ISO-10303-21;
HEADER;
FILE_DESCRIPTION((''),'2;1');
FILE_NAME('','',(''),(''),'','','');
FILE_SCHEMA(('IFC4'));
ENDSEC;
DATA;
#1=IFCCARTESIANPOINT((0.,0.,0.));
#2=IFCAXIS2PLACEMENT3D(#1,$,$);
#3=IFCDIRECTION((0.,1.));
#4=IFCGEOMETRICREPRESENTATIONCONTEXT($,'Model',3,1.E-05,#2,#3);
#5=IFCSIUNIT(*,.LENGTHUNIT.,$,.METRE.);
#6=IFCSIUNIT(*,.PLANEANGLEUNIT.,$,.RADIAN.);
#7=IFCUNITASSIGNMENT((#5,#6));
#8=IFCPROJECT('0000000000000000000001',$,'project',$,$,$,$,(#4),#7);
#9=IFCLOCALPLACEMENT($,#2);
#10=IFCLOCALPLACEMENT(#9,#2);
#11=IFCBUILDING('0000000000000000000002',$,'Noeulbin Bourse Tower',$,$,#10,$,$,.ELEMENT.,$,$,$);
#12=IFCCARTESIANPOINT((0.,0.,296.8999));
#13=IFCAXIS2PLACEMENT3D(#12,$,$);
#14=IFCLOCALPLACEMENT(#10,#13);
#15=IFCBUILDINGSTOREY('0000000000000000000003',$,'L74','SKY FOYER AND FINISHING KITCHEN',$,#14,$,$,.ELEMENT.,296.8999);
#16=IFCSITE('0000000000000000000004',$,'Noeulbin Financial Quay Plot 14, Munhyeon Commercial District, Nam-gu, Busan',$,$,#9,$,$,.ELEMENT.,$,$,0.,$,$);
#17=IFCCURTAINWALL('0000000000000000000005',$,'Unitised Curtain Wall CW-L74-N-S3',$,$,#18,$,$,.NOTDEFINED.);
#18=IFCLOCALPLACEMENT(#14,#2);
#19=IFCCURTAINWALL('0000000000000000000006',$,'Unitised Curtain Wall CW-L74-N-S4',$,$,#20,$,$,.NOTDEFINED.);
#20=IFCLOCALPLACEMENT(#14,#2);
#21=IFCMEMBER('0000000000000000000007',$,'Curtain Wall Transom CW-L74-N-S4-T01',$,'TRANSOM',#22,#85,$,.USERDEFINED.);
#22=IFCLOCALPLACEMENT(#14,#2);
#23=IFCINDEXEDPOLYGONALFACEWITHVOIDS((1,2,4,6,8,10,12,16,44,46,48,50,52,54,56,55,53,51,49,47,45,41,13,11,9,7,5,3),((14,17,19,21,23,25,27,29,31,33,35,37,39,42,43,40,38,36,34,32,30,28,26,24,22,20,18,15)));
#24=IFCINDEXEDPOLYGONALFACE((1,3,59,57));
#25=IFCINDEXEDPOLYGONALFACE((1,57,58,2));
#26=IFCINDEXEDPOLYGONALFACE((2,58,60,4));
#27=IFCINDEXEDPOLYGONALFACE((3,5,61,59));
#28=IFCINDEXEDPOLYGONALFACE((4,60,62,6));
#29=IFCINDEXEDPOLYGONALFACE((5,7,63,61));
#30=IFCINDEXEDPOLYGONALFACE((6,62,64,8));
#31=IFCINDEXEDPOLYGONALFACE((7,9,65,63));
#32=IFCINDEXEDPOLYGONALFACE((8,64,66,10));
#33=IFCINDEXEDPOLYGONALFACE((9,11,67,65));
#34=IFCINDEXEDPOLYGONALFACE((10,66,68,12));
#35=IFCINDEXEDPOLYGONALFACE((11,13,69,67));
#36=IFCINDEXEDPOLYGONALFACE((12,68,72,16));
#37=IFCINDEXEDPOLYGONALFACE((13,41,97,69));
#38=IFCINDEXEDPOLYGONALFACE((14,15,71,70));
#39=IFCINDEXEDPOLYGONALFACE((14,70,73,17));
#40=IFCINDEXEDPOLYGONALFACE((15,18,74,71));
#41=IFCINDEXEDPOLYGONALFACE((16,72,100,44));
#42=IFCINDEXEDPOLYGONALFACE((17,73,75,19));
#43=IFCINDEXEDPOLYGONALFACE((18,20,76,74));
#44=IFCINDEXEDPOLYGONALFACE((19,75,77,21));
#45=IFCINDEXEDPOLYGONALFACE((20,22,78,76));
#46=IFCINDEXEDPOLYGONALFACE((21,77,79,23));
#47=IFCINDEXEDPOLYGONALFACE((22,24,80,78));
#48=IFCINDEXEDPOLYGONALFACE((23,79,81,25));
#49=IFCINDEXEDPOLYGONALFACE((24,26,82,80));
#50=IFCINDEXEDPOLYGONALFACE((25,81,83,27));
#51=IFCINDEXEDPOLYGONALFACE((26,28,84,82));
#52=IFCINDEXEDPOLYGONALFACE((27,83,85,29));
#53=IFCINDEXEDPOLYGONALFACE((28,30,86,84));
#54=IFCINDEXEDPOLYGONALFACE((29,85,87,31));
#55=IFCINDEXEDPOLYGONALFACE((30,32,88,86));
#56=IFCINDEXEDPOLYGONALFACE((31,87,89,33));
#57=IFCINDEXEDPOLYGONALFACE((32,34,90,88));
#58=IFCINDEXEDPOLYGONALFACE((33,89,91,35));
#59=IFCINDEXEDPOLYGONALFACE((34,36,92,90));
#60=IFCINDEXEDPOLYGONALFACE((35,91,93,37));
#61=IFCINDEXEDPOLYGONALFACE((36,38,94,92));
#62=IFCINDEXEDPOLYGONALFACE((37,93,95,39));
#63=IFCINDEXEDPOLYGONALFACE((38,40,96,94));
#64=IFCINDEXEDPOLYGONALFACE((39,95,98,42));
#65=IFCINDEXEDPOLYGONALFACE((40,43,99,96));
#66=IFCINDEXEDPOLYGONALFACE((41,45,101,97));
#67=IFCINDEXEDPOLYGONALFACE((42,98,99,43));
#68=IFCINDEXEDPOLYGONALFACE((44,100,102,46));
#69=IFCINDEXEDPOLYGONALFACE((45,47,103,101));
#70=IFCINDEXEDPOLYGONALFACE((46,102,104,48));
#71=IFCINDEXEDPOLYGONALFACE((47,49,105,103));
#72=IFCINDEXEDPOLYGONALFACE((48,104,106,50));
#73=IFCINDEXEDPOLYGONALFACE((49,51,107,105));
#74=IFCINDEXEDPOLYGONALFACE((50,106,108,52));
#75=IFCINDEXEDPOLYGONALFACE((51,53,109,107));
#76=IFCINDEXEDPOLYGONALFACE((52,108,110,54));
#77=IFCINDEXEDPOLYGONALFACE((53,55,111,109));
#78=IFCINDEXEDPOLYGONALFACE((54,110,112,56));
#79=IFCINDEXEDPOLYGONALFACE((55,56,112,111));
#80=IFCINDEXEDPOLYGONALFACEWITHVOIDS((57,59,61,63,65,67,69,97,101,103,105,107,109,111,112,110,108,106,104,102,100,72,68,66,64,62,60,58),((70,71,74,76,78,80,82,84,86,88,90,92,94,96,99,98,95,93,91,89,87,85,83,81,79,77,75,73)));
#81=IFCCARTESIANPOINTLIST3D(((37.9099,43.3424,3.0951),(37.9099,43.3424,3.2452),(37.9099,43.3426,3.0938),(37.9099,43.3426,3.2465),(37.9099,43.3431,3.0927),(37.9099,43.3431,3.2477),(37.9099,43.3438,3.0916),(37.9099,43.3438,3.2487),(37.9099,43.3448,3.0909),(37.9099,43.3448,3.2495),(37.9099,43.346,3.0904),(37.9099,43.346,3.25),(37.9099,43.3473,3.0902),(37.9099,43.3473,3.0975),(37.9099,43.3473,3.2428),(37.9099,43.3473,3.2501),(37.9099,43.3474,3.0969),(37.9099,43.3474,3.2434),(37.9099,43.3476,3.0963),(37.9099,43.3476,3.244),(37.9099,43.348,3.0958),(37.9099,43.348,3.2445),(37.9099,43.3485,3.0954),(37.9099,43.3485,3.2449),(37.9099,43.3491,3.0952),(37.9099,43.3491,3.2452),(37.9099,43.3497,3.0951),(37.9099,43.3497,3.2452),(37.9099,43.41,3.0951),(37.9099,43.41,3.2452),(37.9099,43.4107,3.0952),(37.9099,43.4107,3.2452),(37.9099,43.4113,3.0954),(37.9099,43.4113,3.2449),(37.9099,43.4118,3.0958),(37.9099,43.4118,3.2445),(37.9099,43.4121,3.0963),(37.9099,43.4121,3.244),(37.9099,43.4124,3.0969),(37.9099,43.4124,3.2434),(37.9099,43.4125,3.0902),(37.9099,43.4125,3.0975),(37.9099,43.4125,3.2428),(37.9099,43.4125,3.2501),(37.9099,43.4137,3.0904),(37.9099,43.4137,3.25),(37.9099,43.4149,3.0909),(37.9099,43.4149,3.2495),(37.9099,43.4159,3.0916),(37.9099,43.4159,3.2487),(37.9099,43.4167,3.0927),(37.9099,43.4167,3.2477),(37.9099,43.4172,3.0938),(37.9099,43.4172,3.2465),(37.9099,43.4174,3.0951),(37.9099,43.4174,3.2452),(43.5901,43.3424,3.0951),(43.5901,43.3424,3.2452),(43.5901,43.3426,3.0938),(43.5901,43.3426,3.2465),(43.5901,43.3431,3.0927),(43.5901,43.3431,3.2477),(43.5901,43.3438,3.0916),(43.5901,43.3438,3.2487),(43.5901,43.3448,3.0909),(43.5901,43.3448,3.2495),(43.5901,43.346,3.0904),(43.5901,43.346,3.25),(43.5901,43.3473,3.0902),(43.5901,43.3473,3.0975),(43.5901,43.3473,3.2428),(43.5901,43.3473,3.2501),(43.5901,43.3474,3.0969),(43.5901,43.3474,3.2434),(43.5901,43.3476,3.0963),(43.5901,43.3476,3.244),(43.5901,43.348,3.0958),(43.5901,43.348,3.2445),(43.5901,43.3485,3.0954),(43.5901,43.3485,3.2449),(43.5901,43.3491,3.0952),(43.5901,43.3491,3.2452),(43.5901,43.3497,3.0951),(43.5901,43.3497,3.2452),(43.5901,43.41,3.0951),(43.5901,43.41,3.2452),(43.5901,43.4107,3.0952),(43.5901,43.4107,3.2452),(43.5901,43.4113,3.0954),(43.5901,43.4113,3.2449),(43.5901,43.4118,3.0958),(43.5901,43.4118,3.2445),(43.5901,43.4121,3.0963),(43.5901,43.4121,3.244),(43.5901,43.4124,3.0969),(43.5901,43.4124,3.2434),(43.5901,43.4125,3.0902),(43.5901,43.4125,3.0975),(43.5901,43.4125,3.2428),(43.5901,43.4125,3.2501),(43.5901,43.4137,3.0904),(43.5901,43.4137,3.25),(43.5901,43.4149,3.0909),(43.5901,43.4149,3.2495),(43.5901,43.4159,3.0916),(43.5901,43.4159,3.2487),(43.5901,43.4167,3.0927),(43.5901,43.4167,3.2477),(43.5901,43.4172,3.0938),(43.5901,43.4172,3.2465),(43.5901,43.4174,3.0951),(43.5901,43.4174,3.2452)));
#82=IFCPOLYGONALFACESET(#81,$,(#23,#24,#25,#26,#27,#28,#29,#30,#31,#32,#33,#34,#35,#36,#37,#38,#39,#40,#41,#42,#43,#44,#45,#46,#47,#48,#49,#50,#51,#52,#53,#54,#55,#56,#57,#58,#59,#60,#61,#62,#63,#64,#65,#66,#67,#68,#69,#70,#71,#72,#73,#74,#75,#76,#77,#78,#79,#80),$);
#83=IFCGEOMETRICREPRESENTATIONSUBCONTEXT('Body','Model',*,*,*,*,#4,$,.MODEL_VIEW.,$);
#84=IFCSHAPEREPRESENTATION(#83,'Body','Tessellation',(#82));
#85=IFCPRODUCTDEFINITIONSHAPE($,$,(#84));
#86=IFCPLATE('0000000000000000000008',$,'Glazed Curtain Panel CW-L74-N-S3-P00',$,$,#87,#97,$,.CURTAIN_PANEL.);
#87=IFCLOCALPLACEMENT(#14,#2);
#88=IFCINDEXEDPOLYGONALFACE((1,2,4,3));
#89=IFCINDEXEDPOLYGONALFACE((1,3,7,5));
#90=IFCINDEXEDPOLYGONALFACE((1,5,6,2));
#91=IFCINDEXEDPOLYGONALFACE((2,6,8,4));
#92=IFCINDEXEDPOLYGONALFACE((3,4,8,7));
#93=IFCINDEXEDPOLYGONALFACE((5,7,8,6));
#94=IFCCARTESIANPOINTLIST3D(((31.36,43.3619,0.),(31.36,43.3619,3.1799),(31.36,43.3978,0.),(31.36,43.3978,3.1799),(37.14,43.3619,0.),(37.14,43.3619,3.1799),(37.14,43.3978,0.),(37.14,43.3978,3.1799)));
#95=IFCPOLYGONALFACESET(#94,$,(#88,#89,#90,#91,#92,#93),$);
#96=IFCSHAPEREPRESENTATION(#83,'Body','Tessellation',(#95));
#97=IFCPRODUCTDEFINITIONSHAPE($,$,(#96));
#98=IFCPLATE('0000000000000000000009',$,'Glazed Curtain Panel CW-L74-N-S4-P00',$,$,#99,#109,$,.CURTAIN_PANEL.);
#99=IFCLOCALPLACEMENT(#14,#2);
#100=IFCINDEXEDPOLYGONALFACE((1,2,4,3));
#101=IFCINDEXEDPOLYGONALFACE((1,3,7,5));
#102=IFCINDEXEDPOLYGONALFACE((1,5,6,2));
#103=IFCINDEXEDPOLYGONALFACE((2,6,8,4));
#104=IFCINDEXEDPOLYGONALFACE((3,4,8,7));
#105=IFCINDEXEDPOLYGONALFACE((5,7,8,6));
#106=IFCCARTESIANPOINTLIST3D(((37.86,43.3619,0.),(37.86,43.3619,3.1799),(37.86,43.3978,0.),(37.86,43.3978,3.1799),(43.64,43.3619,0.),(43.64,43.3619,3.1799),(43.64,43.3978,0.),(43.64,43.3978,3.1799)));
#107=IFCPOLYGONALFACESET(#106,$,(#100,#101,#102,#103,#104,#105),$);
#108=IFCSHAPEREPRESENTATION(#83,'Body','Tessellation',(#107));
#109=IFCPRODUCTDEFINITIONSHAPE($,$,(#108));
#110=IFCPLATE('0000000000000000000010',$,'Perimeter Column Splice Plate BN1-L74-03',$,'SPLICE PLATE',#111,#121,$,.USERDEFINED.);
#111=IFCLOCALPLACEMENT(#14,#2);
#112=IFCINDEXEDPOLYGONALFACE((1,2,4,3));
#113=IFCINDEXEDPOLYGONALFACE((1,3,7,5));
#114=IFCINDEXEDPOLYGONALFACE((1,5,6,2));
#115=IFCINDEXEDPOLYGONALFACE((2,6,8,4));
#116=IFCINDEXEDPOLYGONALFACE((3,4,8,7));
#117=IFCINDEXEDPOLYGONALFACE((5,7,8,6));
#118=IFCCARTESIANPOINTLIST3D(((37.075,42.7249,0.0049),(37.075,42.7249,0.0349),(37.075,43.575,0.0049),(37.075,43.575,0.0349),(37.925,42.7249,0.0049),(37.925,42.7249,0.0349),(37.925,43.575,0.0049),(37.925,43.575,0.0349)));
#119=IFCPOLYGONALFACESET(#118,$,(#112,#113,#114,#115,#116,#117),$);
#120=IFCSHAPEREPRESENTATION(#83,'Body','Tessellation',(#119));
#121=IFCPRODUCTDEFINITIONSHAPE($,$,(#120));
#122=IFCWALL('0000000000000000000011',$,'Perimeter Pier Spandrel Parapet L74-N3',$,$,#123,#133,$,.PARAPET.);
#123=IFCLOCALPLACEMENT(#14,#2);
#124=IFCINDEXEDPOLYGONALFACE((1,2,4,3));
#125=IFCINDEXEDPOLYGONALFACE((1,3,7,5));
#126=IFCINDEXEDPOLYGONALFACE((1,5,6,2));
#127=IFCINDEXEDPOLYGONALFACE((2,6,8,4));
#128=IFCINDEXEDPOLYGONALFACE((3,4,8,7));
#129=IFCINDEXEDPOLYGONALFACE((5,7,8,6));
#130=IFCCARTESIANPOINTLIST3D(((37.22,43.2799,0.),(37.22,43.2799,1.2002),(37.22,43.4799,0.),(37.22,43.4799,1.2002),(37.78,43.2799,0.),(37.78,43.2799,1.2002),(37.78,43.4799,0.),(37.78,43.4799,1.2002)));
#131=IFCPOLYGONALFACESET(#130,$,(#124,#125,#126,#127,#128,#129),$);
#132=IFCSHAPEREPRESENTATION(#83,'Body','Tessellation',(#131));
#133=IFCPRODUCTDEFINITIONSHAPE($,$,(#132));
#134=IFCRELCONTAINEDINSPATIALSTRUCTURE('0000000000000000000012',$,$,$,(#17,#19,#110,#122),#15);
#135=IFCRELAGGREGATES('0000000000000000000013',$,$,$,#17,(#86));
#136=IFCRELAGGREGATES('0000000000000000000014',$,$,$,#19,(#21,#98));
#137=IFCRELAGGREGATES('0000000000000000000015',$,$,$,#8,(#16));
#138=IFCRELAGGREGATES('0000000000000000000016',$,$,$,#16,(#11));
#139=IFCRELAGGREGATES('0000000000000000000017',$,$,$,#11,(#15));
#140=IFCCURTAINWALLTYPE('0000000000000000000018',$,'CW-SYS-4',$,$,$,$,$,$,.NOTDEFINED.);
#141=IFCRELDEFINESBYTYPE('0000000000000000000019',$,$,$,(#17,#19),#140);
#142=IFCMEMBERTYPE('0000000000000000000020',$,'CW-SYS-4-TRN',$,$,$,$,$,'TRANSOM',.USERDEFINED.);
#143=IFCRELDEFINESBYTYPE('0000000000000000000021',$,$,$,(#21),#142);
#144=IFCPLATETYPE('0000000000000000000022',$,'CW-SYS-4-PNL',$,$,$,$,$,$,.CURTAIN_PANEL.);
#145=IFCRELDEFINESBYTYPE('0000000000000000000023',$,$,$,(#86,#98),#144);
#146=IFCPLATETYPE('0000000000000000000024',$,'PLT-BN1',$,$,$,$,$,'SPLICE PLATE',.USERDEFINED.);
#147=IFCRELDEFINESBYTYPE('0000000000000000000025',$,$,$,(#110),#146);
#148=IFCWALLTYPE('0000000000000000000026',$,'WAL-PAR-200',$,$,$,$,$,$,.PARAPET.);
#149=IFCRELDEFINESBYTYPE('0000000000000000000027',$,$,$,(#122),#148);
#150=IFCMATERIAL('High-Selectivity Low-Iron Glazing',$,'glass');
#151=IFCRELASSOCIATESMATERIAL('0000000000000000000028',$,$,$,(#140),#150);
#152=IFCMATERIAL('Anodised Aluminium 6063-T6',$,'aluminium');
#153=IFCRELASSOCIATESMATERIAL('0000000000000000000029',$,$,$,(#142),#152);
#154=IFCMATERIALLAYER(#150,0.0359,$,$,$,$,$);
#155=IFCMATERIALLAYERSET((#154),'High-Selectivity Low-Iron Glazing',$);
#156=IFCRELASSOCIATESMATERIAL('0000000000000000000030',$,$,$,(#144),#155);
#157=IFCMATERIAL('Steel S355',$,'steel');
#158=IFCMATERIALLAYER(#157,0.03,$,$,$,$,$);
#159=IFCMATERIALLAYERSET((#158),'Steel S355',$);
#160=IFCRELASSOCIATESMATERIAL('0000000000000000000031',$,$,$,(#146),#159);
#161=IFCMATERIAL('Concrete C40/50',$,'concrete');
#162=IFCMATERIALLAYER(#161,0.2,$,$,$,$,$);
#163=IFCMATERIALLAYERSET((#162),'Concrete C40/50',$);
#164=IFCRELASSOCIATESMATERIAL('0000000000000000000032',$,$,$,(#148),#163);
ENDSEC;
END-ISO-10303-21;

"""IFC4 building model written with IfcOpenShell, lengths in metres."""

from ifc_helpers import new_model, si_unit, direction, frame, frame_2d, origin, origin_2d, place, context, subcontext, project, spatial, rectangle, hollow_rectangle, extrude, material, layer, layer_set, material_profile, profile_set, type_object, element, aggregate, save


model = new_model("IFC4")

# Units and contexts
model_context = context("Model", 3, precision=1e-05, world=origin(), true_north=direction((0.0, 1.0)))
body_context = subcontext(model_context, "Body", "Model", "MODEL_VIEW")
ifc_project = project(units=[si_unit("LENGTHUNIT", "METRE"), si_unit("PLANEANGLEUNIT", "RADIAN")], contexts=[model_context])

# Site, building, storey
site_placement = place(None, origin())
site = spatial("IfcSite", under=ifc_project, at=site_placement, Name="Noeulbin Financial Quay Plot 14, Munhyeon Commercial District, Nam-gu, Busan", CompositionType="ELEMENT", RefElevation=0.0)
building_placement = place(site_placement, origin())
building = spatial("IfcBuilding", under=site, at=building_placement, Name="Noeulbin Bourse Tower", CompositionType="ELEMENT")
storey_placement = place(building_placement, frame((0.0, 0.0, 296.8999)))
storey = spatial("IfcBuildingStorey", under=building, at=storey_placement, Name="L74", Description="SKY FOYER AND FINISHING KITCHEN", CompositionType="ELEMENT", Elevation=296.8999)

# Shared definitions
ifc_material_1 = material(Name="Steel S355", Category="steel")

# Curtain wall
ifc_material_2 = material(Name="High-Selectivity Low-Iron Glazing", Category="glass")
curtain_wall_type = type_object("IfcCurtainWallType", Name="CW-SYS-4", PredefinedType="NOTDEFINED", material=ifc_material_2)
curtain_wall_1_placement = place(storey_placement, origin())
curtain_wall_1 = element("IfcCurtainWall", 1, at=curtain_wall_1_placement, inside=storey, type_object=curtain_wall_type, Name="Unitised Curtain Wall CW-L74-N-S3", PredefinedType="NOTDEFINED")
ifc_material_3 = material(Name="Anodised Aluminium 6063-T6", Category="aluminium")

# Curtain wall, member
curtain_wall_2_placement = place(storey_placement, origin())
curtain_wall_2 = element("IfcCurtainWall", 2, at=curtain_wall_2_placement, inside=storey, type_object=curtain_wall_type, Name="Unitised Curtain Wall CW-L74-N-S4", PredefinedType="NOTDEFINED")
ifc_material_profile_1 = material_profile(ifc_material_3, hollow_rectangle(XDim=0.075, YDim=0.1599, WallThickness=0.0049, InnerFilletRadius=0.0024, OuterFilletRadius=0.0049, at=origin_2d()), Name="ALU-TRAN-75x160x5", Category="LoadBearing")
ifc_profile_set_1 = profile_set([ifc_material_profile_1], Name="Anodised Aluminium 6063-T6")
member_type_1 = type_object("IfcMemberType", Name="CW-SYS-4-TRN", ElementType="TRANSOM", PredefinedType="USERDEFINED", material=ifc_profile_set_1)
member_1_placement = place(storey_placement, frame((37.9099, 43.3799, 3.1702), z_axis=(1.0, 0.0, 0.0), x_axis=(0.0, 1.0, 0.0)))
member_1 = element("IfcMember", 3, at=member_1_placement, type_object=member_type_1, Name="Curtain Wall Transom CW-L74-N-S4-T01", ObjectType="TRANSOM", PredefinedType="USERDEFINED", context=body_context, shape_type="SweptSolid", body=[
    extrude(hollow_rectangle(XDim=0.075, YDim=0.1599, WallThickness=0.0049, InnerFilletRadius=0.0024, OuterFilletRadius=0.0049, at=origin_2d()), origin(), (0.0, 0.0, 1.0), 5.6802),
])

# Plates
ifc_layer_1 = layer(ifc_material_2, 0.0359)
ifc_layer_set_1 = layer_set([ifc_layer_1], Name="High-Selectivity Low-Iron Glazing")
plate_type_1 = type_object("IfcPlateType", Name="CW-SYS-4-PNL", PredefinedType="CURTAIN_PANEL", material=ifc_layer_set_1)
plate_1_placement = place(storey_placement, frame((34.25, 43.3799, 0.0), z_axis=(0.0, 0.0, 1.0), x_axis=(1.0, 0.0, 0.0)))
plate_1 = element("IfcPlate", 4, at=plate_1_placement, type_object=plate_type_1, Name="Glazed Curtain Panel CW-L74-N-S3-P00", PredefinedType="CURTAIN_PANEL", context=body_context, shape_type="SweptSolid", body=[
    extrude(rectangle(XDim=5.78, YDim=0.0359, at=origin_2d()), origin(), (0.0, 0.0, 1.0), 3.1799),
])
aggregate(curtain_wall_1, [plate_1])
plate_2_placement = place(storey_placement, frame((40.75, 43.3799, 0.0), z_axis=(0.0, 0.0, 1.0), x_axis=(1.0, 0.0, 0.0)))
plate_2 = element("IfcPlate", 5, at=plate_2_placement, type_object=plate_type_1, Name="Glazed Curtain Panel CW-L74-N-S4-P00", PredefinedType="CURTAIN_PANEL", context=body_context, shape_type="SweptSolid", body=[
    extrude(rectangle(XDim=5.78, YDim=0.0359, at=origin_2d()), origin(), (0.0, 0.0, 1.0), 3.1799),
])
aggregate(curtain_wall_2, [member_1, plate_2])
ifc_layer_2 = layer(ifc_material_1, 0.03)
ifc_layer_set_2 = layer_set([ifc_layer_2], Name="Steel S355")
plate_type_2 = type_object("IfcPlateType", Name="PLT-BN1", ElementType="SPLICE PLATE", PredefinedType="USERDEFINED", material=ifc_layer_set_2)
plate_3_placement = place(storey_placement, frame((37.5, 43.1499, 0.0049), z_axis=(0.0, 0.0, 1.0), x_axis=(1.0, 0.0, 0.0)))
element("IfcPlate", 6, at=plate_3_placement, inside=storey, type_object=plate_type_2, Name="Perimeter Column Splice Plate BN1-L74-03", ObjectType="SPLICE PLATE", PredefinedType="USERDEFINED", context=body_context, shape_type="SweptSolid", body=[
    extrude(rectangle(XDim=0.8501, YDim=0.8501, at=origin_2d()), origin(), (0.0, 0.0, 1.0), 0.03),
])

# Wall
ifc_material_4 = material(Name="Concrete C40/50", Category="concrete")
ifc_layer_3 = layer(ifc_material_4, 0.2)
ifc_layer_set_3 = layer_set([ifc_layer_3], Name="Concrete C40/50")
wall_type = type_object("IfcWallType", Name="WAL-PAR-200", PredefinedType="PARAPET", material=ifc_layer_set_3)
wall_placement = place(storey_placement, frame((37.22, 43.3799, 0.0), z_axis=(0.0, 0.0, 1.0), x_axis=(1.0, 0.0, 0.0)))
element("IfcWall", 7, at=wall_placement, inside=storey, type_object=wall_type, Name="Perimeter Pier Spandrel Parapet L74-N3", PredefinedType="PARAPET", context=body_context, shape_type="SweptSolid", body=[
    extrude(rectangle(XDim=0.5601, YDim=0.2, at=frame_2d((0.28, 0.0))), origin(), (0.0, 0.0, 1.0), 1.2002),
])

save(model, "model.ifc")
